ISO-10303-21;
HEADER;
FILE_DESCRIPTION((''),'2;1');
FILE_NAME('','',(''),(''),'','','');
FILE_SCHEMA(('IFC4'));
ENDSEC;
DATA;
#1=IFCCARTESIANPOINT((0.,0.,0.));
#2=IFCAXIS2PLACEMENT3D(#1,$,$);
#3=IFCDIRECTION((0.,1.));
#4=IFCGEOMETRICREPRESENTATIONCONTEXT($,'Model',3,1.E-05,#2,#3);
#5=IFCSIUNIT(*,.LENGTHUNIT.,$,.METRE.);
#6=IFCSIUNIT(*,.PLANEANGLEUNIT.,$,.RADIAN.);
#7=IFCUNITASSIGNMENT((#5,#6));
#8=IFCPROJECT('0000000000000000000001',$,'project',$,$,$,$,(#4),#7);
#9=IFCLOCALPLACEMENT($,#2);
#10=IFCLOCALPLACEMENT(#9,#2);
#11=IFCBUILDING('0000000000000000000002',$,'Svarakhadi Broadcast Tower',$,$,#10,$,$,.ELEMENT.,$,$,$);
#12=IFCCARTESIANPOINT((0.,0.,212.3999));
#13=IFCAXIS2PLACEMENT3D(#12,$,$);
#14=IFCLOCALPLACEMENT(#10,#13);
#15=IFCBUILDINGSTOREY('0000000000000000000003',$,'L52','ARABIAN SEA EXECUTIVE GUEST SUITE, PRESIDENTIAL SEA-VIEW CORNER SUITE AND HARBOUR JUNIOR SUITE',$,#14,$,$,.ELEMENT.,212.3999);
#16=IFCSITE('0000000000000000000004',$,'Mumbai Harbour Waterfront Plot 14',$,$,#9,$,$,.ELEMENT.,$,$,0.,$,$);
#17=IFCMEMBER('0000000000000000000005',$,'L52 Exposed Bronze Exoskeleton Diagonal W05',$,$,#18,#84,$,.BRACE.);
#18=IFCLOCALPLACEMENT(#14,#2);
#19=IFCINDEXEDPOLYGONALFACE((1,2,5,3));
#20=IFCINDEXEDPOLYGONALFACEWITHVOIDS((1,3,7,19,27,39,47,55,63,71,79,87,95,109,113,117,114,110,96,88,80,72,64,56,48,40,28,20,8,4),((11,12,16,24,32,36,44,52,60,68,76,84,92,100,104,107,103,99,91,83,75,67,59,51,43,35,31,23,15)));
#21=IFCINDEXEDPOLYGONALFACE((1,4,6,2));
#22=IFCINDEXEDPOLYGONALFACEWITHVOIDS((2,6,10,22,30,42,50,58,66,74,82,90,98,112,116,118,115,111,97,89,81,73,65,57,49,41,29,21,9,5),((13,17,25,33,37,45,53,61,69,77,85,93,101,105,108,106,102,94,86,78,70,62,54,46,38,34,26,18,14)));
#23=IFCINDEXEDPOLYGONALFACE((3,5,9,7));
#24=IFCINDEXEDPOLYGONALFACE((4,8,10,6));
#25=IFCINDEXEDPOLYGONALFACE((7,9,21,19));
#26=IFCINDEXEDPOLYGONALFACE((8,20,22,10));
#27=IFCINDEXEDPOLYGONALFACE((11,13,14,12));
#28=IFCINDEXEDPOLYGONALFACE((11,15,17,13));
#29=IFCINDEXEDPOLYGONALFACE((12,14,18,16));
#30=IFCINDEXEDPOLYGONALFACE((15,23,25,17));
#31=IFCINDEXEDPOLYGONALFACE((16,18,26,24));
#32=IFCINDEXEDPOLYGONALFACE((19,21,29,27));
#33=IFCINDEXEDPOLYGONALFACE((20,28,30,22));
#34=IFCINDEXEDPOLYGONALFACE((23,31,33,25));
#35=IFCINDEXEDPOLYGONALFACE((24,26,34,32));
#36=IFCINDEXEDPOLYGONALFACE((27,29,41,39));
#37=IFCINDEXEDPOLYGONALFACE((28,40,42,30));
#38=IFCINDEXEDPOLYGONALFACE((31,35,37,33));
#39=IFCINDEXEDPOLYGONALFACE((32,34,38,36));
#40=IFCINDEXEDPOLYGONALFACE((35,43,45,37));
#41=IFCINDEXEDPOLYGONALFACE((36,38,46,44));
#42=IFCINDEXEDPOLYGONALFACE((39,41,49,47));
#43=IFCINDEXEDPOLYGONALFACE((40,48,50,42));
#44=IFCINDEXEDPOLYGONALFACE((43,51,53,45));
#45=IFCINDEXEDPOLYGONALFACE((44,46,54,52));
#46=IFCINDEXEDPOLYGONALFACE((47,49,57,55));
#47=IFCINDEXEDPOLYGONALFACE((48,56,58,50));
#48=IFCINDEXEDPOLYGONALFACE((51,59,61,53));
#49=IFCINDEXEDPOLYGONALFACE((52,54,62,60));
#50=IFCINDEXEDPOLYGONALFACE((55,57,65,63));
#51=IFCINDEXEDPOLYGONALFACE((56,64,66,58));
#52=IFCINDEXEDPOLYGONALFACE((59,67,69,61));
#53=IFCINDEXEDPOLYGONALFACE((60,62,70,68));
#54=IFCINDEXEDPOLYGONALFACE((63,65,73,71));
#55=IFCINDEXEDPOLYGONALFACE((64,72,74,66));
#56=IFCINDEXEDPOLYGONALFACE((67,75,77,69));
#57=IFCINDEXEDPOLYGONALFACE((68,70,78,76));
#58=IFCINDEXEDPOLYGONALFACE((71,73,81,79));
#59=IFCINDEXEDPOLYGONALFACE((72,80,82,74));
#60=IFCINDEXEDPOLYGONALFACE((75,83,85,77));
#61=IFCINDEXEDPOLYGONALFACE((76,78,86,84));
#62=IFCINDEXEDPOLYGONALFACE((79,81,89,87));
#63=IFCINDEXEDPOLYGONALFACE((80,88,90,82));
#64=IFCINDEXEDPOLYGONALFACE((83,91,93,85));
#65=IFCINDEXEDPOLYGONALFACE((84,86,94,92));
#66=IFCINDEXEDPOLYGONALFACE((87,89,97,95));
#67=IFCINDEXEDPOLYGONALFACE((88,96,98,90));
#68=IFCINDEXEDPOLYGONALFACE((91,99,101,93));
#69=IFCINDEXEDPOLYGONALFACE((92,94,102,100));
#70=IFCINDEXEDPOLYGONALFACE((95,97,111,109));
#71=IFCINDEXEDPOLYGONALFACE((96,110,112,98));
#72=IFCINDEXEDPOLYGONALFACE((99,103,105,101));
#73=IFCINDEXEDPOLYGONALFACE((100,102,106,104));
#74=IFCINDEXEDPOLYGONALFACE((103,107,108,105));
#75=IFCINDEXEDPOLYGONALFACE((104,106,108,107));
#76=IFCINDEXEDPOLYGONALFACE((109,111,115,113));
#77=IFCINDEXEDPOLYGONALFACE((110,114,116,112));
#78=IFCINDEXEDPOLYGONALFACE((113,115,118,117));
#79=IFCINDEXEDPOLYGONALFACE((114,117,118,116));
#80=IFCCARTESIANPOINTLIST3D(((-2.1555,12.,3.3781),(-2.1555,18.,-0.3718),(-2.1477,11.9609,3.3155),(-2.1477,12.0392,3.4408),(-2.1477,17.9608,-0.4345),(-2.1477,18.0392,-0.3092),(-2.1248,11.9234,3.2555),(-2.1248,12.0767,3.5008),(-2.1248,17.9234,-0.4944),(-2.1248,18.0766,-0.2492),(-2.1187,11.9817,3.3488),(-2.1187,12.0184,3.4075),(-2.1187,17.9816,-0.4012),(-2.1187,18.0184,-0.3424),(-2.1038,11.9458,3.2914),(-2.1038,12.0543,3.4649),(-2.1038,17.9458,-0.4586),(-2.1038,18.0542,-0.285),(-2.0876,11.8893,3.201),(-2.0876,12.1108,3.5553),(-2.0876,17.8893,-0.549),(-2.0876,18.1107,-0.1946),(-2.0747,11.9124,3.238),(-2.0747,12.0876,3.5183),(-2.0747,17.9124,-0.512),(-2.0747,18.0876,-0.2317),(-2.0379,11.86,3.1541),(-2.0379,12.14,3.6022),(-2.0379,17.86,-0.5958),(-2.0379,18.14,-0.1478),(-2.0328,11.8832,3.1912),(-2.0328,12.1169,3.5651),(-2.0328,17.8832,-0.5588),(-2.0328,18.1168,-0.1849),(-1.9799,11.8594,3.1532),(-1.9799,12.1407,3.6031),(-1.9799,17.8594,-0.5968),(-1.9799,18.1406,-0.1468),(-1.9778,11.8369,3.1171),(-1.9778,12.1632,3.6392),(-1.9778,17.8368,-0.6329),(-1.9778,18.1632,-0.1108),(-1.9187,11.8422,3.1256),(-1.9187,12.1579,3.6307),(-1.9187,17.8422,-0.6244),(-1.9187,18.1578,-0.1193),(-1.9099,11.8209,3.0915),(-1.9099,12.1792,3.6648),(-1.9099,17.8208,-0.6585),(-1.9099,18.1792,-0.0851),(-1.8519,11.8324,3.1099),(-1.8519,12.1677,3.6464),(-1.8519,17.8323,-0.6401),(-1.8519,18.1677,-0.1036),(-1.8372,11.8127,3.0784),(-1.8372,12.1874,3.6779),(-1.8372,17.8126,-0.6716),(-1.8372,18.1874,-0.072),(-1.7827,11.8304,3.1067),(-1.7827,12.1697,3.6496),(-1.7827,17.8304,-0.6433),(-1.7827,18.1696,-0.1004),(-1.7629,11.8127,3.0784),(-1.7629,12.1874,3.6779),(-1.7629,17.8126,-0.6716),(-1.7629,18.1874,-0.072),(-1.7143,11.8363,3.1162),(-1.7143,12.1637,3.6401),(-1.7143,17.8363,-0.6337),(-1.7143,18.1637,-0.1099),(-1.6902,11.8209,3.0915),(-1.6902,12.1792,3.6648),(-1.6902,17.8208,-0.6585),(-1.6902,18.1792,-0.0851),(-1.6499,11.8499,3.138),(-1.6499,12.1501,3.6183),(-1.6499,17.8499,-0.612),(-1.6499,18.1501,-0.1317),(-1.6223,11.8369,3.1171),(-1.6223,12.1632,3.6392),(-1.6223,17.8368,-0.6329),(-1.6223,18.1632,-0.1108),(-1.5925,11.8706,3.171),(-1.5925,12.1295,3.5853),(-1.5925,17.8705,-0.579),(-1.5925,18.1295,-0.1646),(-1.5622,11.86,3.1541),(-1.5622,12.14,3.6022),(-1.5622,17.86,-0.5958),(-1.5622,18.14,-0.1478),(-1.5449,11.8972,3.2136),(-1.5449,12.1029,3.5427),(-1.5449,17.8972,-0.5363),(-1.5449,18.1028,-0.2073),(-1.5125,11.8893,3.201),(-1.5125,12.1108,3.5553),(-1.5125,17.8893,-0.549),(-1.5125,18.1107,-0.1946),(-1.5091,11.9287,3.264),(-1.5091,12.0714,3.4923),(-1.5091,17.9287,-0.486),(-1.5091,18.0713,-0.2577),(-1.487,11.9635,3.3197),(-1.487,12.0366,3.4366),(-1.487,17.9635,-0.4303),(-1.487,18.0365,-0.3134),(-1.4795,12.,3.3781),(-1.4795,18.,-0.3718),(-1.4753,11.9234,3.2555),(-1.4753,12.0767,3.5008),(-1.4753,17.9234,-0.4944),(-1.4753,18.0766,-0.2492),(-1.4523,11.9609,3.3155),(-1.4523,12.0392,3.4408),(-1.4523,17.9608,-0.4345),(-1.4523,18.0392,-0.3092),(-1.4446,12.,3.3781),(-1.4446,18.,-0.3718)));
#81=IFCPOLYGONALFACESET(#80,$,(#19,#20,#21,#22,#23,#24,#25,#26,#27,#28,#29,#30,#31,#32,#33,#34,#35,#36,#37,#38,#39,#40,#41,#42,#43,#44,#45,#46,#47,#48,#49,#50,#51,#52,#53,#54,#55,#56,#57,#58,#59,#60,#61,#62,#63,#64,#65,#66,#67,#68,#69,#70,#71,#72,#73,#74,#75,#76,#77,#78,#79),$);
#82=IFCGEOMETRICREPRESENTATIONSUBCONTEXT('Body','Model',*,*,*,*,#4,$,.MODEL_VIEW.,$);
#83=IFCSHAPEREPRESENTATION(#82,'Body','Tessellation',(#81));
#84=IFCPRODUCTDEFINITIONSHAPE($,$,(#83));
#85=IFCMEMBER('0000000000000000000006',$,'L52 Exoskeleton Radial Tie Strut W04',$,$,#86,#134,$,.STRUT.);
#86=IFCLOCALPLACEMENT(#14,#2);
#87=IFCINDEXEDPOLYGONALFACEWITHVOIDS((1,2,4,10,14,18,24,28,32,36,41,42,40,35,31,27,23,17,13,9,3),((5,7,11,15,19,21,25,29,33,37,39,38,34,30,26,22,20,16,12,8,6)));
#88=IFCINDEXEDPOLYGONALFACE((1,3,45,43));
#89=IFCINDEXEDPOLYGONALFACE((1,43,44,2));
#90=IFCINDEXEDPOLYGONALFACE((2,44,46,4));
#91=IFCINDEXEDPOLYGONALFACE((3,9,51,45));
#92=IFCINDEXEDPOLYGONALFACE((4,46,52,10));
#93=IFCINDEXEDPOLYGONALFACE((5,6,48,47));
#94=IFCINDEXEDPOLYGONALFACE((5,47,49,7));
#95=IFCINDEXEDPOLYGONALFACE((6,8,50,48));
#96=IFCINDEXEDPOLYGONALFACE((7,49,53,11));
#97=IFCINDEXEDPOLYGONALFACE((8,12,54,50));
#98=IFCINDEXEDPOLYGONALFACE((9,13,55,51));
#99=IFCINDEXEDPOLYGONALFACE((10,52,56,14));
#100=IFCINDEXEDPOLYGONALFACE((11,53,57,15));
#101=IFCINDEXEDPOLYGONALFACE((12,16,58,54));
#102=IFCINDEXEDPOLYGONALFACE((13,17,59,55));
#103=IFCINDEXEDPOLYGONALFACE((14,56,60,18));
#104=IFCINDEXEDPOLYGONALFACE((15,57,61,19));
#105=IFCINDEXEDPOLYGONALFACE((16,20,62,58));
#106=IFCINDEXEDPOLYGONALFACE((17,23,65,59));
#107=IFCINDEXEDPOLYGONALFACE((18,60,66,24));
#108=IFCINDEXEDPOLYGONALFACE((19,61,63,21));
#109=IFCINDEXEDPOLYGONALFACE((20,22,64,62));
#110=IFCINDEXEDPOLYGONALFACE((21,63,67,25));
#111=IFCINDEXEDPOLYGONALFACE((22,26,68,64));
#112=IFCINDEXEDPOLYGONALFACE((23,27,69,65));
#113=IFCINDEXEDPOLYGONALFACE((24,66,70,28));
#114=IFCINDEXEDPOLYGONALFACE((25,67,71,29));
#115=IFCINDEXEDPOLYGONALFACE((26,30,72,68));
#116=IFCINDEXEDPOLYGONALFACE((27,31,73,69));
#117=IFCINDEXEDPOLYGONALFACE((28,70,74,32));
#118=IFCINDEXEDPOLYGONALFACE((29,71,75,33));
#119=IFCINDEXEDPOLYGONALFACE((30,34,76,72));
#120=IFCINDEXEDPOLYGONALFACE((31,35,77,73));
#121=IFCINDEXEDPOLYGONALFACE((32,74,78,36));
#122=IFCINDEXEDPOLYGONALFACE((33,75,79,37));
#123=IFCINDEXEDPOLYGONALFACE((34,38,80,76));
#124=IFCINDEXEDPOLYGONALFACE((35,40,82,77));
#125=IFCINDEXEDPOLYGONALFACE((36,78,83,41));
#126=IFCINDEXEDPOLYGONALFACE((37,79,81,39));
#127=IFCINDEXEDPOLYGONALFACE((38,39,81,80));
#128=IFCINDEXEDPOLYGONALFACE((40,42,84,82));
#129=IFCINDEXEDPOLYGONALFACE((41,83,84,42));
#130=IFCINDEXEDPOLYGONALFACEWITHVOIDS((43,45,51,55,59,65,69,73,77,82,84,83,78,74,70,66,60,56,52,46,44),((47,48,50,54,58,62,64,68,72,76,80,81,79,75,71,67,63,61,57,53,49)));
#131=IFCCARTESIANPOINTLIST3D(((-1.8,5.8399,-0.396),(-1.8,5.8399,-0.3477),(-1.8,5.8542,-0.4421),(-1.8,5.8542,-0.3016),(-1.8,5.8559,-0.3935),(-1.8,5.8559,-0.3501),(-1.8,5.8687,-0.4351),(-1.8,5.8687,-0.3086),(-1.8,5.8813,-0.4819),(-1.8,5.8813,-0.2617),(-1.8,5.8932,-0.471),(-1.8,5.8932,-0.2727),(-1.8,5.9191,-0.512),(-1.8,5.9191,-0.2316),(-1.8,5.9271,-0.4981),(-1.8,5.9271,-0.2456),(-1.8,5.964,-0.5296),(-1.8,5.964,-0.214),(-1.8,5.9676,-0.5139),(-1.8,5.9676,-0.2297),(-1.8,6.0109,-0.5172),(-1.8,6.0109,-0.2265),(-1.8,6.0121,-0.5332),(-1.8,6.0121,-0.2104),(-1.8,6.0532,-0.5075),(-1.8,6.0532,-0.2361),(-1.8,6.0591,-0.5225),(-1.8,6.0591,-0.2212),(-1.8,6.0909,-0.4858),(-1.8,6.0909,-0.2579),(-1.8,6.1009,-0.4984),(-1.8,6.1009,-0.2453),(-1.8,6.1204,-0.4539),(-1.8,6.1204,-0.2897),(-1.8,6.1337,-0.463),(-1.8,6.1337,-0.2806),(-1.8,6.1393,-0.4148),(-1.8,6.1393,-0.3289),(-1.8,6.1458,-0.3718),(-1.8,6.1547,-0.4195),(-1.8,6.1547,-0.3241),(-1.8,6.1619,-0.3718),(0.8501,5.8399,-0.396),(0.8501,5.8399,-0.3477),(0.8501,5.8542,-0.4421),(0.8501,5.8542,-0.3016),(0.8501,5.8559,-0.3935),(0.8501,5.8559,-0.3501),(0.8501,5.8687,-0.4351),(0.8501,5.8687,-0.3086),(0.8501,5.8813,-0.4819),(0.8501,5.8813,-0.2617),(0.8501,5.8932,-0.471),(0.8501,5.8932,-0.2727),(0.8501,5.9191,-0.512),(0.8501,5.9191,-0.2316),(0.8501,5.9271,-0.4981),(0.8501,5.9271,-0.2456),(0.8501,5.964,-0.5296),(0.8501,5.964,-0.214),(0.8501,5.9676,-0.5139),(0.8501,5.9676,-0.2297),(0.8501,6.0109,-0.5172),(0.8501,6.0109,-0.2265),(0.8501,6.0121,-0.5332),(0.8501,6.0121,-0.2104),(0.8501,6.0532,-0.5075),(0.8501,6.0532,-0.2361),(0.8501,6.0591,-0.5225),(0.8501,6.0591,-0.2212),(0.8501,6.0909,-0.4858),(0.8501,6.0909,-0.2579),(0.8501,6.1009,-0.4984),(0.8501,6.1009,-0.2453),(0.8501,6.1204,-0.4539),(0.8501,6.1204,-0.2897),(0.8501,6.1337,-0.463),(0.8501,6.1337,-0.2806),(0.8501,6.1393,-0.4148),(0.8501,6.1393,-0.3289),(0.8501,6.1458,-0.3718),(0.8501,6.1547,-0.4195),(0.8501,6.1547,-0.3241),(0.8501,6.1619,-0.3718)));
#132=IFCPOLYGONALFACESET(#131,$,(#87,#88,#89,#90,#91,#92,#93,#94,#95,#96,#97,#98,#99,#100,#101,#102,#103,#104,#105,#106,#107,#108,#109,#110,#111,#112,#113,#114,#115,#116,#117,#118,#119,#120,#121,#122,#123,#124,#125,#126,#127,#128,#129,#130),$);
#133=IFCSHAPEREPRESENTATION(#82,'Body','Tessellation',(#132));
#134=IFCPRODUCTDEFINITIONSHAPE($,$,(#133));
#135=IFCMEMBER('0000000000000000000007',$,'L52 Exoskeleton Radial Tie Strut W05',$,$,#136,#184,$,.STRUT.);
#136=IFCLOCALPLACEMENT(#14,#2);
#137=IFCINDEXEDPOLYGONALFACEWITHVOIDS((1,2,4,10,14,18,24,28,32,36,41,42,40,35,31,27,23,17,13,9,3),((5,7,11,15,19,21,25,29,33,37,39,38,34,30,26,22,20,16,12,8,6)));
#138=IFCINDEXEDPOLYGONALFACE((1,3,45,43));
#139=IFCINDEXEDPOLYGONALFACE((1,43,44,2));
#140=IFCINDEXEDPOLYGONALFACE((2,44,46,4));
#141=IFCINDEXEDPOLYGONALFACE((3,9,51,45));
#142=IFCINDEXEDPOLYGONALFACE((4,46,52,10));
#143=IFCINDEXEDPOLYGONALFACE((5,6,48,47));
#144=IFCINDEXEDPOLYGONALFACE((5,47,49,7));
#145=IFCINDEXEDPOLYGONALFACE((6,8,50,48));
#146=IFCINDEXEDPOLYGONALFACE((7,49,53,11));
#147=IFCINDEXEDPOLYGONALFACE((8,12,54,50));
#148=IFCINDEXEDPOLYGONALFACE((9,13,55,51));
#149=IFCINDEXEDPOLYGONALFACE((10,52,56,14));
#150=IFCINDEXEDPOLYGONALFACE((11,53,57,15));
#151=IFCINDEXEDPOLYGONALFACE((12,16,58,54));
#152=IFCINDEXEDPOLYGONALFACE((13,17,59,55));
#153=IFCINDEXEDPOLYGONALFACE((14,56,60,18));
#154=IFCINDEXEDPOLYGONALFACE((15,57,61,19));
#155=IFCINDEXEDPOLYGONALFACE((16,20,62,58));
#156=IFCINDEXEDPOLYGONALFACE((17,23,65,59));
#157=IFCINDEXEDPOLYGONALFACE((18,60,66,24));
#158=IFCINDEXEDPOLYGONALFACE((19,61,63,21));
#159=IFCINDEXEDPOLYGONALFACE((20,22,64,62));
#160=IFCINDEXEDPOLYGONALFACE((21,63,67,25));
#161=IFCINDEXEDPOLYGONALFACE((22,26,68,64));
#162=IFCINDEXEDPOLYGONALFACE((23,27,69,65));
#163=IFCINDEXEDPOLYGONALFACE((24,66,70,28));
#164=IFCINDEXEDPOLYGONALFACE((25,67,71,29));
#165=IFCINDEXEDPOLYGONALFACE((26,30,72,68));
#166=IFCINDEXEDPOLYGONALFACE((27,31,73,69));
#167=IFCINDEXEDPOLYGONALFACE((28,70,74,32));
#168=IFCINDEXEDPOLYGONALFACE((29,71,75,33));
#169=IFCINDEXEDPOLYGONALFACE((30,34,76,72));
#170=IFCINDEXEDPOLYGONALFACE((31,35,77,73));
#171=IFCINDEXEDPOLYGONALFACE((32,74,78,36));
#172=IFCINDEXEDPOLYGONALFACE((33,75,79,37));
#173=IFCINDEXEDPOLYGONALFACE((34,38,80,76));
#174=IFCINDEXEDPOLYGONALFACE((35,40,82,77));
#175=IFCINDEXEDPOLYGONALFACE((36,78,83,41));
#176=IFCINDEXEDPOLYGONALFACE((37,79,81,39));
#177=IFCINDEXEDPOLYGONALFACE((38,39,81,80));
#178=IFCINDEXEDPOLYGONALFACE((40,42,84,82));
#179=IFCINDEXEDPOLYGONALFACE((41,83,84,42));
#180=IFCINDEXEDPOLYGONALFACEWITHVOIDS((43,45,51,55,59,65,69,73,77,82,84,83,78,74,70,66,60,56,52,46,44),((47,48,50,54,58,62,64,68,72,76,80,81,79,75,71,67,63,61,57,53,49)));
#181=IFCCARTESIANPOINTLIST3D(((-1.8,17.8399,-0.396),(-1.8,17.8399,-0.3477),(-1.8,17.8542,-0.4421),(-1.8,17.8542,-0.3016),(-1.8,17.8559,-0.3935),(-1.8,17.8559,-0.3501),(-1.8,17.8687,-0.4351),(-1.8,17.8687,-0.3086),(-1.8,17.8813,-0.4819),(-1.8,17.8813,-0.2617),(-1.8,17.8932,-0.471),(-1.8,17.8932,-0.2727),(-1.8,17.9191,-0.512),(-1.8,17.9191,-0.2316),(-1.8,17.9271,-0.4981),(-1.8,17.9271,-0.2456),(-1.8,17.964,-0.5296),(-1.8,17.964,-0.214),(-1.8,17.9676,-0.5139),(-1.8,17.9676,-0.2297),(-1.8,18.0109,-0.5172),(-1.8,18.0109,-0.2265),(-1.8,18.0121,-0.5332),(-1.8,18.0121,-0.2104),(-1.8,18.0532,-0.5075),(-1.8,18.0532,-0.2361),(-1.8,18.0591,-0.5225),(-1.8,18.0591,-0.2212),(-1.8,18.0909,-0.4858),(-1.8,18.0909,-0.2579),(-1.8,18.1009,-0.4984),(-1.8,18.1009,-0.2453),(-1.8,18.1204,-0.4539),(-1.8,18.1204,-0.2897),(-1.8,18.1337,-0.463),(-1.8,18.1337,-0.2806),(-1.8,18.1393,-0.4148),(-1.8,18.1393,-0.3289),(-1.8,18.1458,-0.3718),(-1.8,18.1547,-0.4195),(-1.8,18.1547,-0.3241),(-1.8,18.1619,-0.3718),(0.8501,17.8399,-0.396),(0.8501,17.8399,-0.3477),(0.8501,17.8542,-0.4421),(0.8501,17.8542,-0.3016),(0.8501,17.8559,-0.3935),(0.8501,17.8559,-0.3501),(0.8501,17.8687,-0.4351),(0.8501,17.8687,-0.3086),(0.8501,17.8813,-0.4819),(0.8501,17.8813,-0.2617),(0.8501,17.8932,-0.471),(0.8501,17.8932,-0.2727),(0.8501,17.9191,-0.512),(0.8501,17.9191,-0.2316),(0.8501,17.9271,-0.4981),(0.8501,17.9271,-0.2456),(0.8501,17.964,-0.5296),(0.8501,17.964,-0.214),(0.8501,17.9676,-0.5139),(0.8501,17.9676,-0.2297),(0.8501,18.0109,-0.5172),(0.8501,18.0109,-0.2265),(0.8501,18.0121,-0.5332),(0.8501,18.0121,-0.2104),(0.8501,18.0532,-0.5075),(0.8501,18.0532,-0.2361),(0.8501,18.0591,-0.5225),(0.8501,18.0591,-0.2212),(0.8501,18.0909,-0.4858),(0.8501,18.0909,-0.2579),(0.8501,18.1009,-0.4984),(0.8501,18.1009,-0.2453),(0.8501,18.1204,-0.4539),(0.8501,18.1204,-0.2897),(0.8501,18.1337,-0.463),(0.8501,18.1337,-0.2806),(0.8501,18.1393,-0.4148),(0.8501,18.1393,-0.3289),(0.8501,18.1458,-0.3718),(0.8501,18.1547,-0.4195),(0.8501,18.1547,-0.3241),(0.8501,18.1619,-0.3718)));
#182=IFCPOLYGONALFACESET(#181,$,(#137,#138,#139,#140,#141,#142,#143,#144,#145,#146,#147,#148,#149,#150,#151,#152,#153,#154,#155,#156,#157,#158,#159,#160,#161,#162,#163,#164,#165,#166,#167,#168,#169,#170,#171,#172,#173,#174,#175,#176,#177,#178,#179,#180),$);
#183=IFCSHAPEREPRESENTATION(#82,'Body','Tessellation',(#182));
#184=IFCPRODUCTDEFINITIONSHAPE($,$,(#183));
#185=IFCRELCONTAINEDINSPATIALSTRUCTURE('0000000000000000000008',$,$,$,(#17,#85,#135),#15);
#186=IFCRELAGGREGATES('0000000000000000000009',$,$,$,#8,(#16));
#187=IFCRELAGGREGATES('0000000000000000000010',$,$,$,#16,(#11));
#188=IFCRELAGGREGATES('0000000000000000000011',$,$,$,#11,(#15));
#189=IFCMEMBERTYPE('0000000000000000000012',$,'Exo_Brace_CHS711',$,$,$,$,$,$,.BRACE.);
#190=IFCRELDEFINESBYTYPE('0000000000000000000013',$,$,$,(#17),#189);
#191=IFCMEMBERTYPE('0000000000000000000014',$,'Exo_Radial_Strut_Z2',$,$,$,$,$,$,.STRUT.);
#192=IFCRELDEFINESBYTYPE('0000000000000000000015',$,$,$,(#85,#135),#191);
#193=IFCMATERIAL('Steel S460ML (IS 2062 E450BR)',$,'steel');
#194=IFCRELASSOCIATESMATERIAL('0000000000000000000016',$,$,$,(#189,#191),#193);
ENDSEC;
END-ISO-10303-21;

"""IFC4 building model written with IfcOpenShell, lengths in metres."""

from ifc_helpers import new_model, si_unit, direction, frame, origin, origin_2d, place, context, subcontext, project, spatial, hollow_circle, extrude, material, material_profile, profile_set, type_object, element, save


model = new_model("IFC4")

# Units and contexts
model_context = context("Model", 3, precision=1e-05, world=origin(), true_north=direction((0.0, 1.0)))
body_context = subcontext(model_context, "Body", "Model", "MODEL_VIEW")
ifc_project = project(units=[si_unit("LENGTHUNIT", "METRE"), si_unit("PLANEANGLEUNIT", "RADIAN")], contexts=[model_context])

# Site, building, storey
site_placement = place(None, origin())
site = spatial("IfcSite", under=ifc_project, at=site_placement, Name="Mumbai Harbour Waterfront Plot 14", CompositionType="ELEMENT", RefElevation=0.0)
building_placement = place(site_placement, origin())
building = spatial("IfcBuilding", under=site, at=building_placement, Name="Svarakhadi Broadcast Tower", CompositionType="ELEMENT")
storey_placement = place(building_placement, frame((0.0, 0.0, 212.3999)))
storey = spatial("IfcBuildingStorey", under=building, at=storey_placement, Name="L52", Description="ARABIAN SEA EXECUTIVE GUEST SUITE, PRESIDENTIAL SEA-VIEW CORNER SUITE AND HARBOUR JUNIOR SUITE", CompositionType="ELEMENT", Elevation=212.3999)

# Shared definitions
ifc_material_1 = material(Name="Steel S460ML (IS 2062 E450BR)", Category="steel")

# Members
ifc_material_profile_1 = material_profile(ifc_material_1, hollow_circle(Radius=0.3555, WallThickness=0.0349, at=origin_2d()), Name="CHS 711x35")
ifc_profile_set_1 = profile_set([ifc_material_profile_1], Name="Steel S460ML (IS 2062 E450BR)")
member_type_1 = type_object("IfcMemberType", Name="Exo_Brace_CHS711", PredefinedType="BRACE", material=ifc_profile_set_1)
for number, where, z_axis, x_axis, name in (
    (1, (-1.8, 18.0, -0.3718), (0.0, -0.847998, 0.529999), (1.0, 0.0, 0.0), "L52 Exposed Bronze Exoskeleton Diagonal W05"),
):
    element("IfcMember", number, at=place(storey_placement, frame(where, z_axis=z_axis, x_axis=x_axis)), inside=storey, type_object=member_type_1, Name=name, PredefinedType="BRACE", context=body_context, shape_type="SweptSolid", body=[
        extrude(hollow_circle(Radius=0.3555, WallThickness=0.0349, at=origin_2d()), origin(), (0.0, 0.0, 1.0), 7.0754),
    ])
ifc_material_profile_2 = material_profile(ifc_material_1, hollow_circle(Radius=0.1619, WallThickness=0.0161, at=origin_2d()), Name="CHS 323.9x16")
ifc_profile_set_2 = profile_set([ifc_material_profile_2], Name="Steel S460ML (IS 2062 E450BR)")
member_type_2 = type_object("IfcMemberType", Name="Exo_Radial_Strut_Z2", PredefinedType="STRUT", material=ifc_profile_set_2)
for number, where, z_axis, x_axis, name in (
    (2, (-1.8, 6.0, -0.3718), (1.0, 0.0, 0.0), (0.0, 1.0, 0.0), "L52 Exoskeleton Radial Tie Strut W04"),
    (3, (-1.8, 18.0, -0.3718), (1.0, 0.0, 0.0), (0.0, 1.0, 0.0), "L52 Exoskeleton Radial Tie Strut W05"),
):
    element("IfcMember", number, at=place(storey_placement, frame(where, z_axis=z_axis, x_axis=x_axis)), inside=storey, type_object=member_type_2, Name=name, PredefinedType="STRUT", context=body_context, shape_type="SweptSolid", body=[
        extrude(hollow_circle(Radius=0.1619, WallThickness=0.0161, at=origin_2d()), origin(), (0.0, 0.0, 1.0), 2.6501),
    ])

save(model, "model.ifc")
